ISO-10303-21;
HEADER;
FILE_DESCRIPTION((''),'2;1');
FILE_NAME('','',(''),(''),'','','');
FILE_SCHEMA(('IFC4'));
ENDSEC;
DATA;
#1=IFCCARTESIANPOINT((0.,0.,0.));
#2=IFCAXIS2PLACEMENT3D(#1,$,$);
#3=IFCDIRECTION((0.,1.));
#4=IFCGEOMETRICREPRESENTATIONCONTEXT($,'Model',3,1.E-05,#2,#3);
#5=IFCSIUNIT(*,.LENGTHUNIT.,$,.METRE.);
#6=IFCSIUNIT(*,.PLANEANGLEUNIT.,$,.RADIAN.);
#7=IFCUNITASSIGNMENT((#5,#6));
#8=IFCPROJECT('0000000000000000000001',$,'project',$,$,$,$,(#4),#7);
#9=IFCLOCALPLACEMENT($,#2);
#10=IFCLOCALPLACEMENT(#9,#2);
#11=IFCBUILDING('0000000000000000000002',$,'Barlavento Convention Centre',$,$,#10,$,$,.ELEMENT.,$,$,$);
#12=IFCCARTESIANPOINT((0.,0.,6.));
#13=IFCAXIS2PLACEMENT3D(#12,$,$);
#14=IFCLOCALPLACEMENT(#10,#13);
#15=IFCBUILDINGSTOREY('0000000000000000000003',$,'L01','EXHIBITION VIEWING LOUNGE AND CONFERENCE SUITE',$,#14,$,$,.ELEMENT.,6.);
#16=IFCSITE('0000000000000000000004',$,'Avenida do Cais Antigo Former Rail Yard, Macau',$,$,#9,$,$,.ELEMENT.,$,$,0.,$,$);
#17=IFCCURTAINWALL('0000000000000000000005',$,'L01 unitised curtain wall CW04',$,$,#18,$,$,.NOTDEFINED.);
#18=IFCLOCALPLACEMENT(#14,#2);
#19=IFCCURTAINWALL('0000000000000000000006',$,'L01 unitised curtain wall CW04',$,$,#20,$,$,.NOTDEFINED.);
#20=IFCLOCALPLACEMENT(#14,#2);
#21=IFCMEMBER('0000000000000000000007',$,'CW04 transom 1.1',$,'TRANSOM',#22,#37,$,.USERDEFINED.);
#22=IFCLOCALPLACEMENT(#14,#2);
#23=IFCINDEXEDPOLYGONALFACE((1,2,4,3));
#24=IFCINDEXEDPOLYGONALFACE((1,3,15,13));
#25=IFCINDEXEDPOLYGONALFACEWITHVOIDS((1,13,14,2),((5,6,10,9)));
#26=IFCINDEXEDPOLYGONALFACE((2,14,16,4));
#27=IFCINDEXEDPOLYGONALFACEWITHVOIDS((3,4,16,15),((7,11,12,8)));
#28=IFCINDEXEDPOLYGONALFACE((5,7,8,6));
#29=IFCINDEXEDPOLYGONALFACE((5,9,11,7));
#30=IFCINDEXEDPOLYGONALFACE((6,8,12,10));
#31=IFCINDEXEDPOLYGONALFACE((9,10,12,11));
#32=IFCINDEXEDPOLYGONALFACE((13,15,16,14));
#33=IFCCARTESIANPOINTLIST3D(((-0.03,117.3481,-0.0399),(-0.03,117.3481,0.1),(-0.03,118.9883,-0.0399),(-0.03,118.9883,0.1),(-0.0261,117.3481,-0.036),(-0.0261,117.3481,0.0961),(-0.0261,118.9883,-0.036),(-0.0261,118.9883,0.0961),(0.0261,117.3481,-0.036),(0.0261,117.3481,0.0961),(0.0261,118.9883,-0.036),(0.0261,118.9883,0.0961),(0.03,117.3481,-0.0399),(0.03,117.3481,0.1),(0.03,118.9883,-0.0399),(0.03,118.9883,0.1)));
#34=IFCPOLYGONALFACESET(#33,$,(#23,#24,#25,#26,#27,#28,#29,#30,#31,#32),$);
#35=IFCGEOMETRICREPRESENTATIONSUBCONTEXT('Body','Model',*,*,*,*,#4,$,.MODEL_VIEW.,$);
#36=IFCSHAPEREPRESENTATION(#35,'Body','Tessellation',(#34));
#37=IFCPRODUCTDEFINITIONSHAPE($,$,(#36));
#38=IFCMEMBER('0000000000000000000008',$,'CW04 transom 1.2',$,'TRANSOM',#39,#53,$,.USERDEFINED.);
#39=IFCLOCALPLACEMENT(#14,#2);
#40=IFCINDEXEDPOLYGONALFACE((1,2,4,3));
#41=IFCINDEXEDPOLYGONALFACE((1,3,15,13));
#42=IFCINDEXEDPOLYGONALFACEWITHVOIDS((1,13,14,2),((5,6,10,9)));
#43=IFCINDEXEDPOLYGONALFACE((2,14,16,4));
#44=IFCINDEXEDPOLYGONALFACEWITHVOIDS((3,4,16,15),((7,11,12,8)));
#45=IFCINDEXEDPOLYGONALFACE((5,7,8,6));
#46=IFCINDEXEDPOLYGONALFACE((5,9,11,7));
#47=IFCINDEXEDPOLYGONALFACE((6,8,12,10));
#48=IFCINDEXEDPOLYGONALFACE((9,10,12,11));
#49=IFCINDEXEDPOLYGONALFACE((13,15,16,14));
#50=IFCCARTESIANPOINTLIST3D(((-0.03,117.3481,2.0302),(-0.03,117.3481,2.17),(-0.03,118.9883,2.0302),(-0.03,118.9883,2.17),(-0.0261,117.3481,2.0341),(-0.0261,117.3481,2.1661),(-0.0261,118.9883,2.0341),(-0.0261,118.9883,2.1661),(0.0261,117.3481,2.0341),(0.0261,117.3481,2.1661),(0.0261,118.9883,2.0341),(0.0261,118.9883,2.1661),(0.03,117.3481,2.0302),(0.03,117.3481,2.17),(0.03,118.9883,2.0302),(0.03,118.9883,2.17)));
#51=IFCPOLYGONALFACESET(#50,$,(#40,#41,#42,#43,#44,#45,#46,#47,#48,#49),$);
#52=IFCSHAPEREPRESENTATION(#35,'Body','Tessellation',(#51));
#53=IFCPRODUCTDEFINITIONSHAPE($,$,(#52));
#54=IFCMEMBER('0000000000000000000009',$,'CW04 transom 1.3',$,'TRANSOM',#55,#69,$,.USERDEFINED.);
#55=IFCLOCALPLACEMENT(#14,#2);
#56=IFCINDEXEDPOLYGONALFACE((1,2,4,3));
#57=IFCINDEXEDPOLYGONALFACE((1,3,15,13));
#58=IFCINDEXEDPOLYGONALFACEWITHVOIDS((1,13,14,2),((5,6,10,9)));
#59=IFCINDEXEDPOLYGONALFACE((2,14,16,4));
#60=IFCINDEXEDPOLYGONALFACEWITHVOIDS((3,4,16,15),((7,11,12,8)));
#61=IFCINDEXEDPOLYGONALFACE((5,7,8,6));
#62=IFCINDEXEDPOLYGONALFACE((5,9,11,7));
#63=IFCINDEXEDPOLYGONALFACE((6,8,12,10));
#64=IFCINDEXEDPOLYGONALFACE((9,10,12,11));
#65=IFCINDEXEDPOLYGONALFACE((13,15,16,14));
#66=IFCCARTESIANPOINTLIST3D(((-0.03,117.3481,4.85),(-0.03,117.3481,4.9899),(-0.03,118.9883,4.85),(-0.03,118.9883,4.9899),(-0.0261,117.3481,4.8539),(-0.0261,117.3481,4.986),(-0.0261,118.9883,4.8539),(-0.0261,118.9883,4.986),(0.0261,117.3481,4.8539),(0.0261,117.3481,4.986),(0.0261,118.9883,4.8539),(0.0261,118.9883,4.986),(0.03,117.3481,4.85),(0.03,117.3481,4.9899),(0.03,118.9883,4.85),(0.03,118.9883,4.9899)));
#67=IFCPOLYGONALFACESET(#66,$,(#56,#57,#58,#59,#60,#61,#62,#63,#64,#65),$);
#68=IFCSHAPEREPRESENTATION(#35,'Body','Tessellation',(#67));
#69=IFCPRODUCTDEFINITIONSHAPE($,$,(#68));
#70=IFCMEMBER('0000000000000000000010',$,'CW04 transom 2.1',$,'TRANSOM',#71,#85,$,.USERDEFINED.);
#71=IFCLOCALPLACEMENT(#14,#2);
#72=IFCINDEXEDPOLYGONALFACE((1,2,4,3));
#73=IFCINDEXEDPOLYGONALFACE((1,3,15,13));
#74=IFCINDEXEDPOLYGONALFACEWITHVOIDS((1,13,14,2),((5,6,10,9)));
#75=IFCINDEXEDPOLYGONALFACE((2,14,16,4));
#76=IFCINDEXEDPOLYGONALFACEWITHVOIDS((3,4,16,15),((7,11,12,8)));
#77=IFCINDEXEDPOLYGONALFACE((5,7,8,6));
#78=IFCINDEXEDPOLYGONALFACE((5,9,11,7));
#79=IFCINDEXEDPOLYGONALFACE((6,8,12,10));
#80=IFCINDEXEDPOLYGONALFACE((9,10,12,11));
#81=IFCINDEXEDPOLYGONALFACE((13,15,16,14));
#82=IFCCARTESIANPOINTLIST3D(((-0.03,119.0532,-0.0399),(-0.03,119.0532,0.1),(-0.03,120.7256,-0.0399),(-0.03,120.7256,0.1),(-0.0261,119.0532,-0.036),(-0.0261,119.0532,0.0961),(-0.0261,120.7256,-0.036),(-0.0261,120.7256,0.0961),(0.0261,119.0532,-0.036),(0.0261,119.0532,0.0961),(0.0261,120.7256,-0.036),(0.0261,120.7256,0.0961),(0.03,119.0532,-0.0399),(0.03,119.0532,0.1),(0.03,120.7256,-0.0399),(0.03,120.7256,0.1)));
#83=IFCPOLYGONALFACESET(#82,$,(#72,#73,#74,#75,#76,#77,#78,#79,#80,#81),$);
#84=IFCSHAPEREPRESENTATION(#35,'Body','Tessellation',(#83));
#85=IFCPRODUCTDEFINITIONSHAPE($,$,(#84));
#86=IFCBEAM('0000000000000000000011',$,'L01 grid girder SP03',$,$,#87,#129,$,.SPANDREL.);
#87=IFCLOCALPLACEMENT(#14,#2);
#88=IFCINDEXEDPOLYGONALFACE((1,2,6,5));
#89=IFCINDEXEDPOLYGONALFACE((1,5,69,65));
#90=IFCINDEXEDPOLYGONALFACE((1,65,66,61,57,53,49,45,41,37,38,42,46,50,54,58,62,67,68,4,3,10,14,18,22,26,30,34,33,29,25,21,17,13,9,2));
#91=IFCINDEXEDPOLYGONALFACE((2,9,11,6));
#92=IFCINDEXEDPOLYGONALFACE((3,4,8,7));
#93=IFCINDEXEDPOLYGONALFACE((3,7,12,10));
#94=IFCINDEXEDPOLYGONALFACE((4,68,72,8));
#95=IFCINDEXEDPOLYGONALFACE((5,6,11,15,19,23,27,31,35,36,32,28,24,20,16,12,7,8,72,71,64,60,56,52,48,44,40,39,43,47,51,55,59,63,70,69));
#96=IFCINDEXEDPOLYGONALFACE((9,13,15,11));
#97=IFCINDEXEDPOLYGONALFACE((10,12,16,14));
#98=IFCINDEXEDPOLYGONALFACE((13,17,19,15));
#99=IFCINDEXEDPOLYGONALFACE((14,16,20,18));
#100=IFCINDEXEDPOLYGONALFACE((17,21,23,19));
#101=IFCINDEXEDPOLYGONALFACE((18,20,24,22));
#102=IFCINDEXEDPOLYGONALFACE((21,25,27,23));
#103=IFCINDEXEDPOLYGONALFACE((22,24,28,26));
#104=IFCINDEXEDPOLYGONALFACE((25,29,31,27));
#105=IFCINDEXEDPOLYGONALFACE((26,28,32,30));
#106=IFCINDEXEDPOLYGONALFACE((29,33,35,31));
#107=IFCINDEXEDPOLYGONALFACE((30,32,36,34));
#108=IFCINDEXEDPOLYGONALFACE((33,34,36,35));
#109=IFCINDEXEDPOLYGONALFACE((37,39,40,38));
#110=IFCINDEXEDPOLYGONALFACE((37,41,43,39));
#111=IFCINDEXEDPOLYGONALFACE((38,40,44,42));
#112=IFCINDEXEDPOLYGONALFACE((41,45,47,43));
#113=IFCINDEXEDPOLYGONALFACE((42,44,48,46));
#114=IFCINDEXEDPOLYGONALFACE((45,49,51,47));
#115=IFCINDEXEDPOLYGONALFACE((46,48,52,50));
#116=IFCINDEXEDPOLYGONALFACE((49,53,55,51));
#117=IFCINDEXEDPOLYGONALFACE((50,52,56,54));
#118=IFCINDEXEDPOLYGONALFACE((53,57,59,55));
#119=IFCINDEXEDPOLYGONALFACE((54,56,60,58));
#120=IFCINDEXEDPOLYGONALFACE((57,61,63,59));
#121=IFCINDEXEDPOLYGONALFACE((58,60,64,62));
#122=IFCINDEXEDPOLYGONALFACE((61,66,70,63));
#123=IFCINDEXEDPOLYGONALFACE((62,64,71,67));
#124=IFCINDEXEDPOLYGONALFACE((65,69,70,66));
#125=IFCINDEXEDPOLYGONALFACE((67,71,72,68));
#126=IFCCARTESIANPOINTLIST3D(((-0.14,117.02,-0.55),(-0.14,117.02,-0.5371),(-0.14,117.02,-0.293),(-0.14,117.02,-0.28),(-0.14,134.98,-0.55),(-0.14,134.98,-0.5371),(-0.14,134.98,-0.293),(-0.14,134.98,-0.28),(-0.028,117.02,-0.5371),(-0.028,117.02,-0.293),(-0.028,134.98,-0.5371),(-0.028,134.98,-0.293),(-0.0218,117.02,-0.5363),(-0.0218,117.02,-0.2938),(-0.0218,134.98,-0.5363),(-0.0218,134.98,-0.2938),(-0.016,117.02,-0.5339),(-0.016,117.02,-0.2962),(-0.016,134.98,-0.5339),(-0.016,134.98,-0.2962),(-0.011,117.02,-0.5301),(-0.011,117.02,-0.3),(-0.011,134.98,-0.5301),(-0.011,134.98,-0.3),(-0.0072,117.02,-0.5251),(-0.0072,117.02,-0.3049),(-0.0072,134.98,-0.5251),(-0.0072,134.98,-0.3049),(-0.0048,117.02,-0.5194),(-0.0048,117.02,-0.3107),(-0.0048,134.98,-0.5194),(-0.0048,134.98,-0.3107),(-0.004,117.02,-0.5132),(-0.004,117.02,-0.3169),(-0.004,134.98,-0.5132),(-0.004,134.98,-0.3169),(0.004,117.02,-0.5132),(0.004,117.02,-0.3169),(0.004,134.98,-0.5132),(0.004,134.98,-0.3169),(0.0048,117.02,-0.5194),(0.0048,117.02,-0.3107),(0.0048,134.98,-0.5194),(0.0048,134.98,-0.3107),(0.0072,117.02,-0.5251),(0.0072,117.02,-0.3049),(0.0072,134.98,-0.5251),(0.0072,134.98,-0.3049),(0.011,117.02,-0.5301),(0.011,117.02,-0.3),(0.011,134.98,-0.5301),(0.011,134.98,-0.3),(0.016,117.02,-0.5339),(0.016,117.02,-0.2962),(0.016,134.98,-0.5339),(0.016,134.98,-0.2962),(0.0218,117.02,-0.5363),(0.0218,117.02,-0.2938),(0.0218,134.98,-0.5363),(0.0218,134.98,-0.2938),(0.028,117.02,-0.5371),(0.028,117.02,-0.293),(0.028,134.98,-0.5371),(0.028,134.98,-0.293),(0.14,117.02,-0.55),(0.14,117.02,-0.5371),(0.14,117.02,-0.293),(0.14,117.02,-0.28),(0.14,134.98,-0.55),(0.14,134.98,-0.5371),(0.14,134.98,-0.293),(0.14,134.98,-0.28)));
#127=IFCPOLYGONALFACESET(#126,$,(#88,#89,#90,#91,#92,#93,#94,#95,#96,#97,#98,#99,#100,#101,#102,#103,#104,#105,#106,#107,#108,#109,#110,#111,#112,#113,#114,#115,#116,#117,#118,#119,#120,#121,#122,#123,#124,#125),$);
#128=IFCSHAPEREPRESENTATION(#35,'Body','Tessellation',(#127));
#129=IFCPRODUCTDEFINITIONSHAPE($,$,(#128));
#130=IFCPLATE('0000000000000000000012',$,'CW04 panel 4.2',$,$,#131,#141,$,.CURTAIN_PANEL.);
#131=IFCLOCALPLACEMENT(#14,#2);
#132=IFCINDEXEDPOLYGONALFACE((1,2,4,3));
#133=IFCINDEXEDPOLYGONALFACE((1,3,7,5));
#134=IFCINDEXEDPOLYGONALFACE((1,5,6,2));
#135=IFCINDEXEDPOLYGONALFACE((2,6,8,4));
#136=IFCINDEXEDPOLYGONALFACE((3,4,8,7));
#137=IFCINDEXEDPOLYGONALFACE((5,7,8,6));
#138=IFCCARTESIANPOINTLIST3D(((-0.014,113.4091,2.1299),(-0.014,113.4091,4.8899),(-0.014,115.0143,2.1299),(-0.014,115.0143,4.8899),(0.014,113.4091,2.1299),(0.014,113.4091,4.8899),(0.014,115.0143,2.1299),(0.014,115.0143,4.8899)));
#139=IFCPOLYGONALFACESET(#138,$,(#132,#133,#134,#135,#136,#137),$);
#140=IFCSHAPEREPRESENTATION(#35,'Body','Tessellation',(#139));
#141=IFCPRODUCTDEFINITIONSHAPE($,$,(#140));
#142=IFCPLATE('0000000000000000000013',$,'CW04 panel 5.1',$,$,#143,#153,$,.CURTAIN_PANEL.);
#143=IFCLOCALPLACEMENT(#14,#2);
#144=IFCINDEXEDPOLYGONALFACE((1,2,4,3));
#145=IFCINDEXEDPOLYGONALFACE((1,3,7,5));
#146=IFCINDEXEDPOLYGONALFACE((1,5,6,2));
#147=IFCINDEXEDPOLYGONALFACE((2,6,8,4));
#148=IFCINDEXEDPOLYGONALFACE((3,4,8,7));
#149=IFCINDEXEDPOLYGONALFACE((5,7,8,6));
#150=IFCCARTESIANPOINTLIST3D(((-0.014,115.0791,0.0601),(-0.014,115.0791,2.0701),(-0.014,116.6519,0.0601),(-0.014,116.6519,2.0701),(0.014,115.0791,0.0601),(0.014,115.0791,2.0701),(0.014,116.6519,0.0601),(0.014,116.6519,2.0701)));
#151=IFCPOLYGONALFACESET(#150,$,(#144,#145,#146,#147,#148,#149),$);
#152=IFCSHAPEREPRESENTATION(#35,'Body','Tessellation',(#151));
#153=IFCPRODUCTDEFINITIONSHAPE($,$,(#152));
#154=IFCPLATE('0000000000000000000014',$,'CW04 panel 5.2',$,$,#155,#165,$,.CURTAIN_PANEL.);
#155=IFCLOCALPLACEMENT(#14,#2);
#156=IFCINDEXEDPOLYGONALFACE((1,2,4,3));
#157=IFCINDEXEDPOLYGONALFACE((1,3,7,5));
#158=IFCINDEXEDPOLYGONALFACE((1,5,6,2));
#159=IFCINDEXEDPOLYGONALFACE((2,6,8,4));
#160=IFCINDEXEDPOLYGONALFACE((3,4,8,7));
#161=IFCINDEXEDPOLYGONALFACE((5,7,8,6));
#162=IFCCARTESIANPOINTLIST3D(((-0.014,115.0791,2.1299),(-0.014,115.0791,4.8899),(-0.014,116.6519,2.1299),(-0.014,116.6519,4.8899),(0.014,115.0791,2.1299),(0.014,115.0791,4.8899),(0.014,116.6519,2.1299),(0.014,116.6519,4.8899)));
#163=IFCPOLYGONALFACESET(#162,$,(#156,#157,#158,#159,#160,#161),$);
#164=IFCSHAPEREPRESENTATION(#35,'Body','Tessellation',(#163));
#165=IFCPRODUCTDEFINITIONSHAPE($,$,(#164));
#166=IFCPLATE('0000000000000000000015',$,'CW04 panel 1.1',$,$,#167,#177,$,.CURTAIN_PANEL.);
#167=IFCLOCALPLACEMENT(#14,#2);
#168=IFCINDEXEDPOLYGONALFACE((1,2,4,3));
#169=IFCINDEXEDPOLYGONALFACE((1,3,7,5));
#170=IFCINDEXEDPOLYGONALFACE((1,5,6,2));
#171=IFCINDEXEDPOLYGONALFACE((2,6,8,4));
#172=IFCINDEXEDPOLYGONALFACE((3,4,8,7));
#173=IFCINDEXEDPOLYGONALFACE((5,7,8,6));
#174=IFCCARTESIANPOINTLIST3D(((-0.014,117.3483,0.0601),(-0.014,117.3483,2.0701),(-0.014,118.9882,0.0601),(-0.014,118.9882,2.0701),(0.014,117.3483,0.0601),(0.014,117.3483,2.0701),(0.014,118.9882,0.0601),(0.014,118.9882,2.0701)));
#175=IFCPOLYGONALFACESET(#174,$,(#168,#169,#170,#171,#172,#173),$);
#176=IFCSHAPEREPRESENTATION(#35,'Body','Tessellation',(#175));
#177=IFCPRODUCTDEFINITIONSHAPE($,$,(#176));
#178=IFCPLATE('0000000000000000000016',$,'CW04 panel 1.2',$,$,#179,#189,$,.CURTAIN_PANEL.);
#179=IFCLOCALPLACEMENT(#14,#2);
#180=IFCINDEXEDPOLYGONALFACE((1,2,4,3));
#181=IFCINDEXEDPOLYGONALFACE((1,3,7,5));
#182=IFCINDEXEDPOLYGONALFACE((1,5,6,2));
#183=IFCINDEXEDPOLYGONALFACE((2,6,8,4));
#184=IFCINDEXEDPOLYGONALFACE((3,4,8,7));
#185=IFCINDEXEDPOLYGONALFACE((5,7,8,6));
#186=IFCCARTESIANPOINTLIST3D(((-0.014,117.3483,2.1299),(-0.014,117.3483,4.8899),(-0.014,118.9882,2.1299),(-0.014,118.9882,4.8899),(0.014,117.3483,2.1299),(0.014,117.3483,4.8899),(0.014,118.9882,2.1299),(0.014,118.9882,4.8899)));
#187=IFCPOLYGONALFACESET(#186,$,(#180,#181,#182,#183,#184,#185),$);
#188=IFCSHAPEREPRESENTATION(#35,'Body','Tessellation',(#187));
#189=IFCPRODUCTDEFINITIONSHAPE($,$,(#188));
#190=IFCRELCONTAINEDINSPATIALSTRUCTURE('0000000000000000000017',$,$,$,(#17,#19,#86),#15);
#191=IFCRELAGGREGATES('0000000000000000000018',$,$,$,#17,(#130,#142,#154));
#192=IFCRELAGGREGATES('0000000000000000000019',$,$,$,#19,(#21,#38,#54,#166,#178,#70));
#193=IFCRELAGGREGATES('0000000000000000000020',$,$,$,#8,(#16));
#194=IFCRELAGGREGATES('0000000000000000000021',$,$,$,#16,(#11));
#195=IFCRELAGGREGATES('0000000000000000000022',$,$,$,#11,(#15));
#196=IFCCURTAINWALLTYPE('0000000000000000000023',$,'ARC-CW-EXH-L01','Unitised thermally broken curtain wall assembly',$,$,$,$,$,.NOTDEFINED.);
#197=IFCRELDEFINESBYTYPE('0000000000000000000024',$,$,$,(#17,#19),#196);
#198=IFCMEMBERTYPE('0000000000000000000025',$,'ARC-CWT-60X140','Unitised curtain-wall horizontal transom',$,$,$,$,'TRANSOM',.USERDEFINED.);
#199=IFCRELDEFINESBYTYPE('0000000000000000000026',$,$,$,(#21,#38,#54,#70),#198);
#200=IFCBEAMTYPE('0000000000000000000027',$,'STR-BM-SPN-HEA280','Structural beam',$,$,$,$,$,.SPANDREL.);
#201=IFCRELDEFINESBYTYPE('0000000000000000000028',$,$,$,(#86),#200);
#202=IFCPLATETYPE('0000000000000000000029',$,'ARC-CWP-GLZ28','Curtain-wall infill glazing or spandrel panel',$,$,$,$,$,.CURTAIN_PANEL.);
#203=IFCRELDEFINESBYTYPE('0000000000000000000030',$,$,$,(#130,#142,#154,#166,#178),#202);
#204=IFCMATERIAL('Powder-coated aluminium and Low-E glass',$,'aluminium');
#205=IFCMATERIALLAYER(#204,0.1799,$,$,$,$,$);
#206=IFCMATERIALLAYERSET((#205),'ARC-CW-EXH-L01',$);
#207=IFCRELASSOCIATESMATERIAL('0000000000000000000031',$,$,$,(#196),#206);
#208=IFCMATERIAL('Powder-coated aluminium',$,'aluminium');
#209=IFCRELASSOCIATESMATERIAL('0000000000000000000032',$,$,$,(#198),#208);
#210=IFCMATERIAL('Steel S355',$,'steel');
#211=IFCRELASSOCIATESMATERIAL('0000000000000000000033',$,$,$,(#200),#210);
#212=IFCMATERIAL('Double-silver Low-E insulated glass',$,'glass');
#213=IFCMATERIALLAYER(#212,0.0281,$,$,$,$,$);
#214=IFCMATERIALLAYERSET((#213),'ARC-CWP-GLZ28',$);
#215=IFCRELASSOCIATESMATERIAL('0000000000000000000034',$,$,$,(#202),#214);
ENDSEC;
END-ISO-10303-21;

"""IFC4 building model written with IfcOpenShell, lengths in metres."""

from ifc_helpers import new_model, si_unit, direction, frame, origin, origin_2d, place, context, subcontext, project, spatial, rectangle, hollow_rectangle, i_section, extrude, material, layer, layer_set, material_profile, profile_set, type_object, element, aggregate, save


model = new_model("IFC4")

# Units and contexts
model_context = context("Model", 3, precision=1e-05, world=origin(), true_north=direction((0.0, 1.0)))
body_context = subcontext(model_context, "Body", "Model", "MODEL_VIEW")
ifc_project = project(units=[si_unit("LENGTHUNIT", "METRE"), si_unit("PLANEANGLEUNIT", "RADIAN")], contexts=[model_context])

# Site, building, storey
site_placement = place(None, origin())
site = spatial("IfcSite", under=ifc_project, at=site_placement, Name="Avenida do Cais Antigo Former Rail Yard, Macau", CompositionType="ELEMENT", RefElevation=0.0)
building_placement = place(site_placement, origin())
building = spatial("IfcBuilding", under=site, at=building_placement, Name="Barlavento Convention Centre", CompositionType="ELEMENT")
storey_placement = place(building_placement, frame((0.0, 0.0, 6.0)))
storey = spatial("IfcBuildingStorey", under=building, at=storey_placement, Name="L01", Description="EXHIBITION VIEWING LOUNGE AND CONFERENCE SUITE", CompositionType="ELEMENT", Elevation=6.0)

# Shared definitions
ifc_material_1 = material(Name="Steel S355", Category="steel")

# Curtain walls
ifc_material_2 = material(Name="Powder-coated aluminium and Low-E glass", Category="aluminium")
ifc_layer_1 = layer(ifc_material_2, 0.1799)
ifc_layer_set_1 = layer_set([ifc_layer_1], Name="ARC-CW-EXH-L01")
curtain_wall_type = type_object("IfcCurtainWallType", Name="ARC-CW-EXH-L01", Description="Unitised thermally broken curtain wall assembly", PredefinedType="NOTDEFINED", material=ifc_layer_set_1)
curtain_wall_1_placement = place(storey_placement, origin())
curtain_wall_1 = element("IfcCurtainWall", 1, at=curtain_wall_1_placement, inside=storey, type_object=curtain_wall_type, Name="L01 unitised curtain wall CW04", PredefinedType="NOTDEFINED")
ifc_material_3 = material(Name="Powder-coated aluminium", Category="aluminium")
curtain_wall_2_placement = place(storey_placement, origin())
curtain_wall_2 = element("IfcCurtainWall", 2, at=curtain_wall_2_placement, inside=storey, type_object=curtain_wall_type, Name="L01 unitised curtain wall CW04", PredefinedType="NOTDEFINED")

# Members
ifc_material_profile_1 = material_profile(ifc_material_3, hollow_rectangle(XDim=0.0601, YDim=0.1399, WallThickness=0.0039, at=origin_2d()), Name="AL-TRAN 60x140x4")
ifc_profile_set_1 = profile_set([ifc_material_profile_1], Name="Powder-coated aluminium")
member_type_1 = type_object("IfcMemberType", Name="ARC-CWT-60X140", Description="Unitised curtain-wall horizontal transom", ElementType="TRANSOM", PredefinedType="USERDEFINED", material=ifc_profile_set_1)
member_1_placement = place(storey_placement, frame((0.0, 117.3481, 0.03), z_axis=(0.0, 1.0, 0.0), x_axis=(-1.0, 0.0, 0.0)))
member_1 = element("IfcMember", 3, at=member_1_placement, type_object=member_type_1, Name="CW04 transom 1.1", ObjectType="TRANSOM", PredefinedType="USERDEFINED", context=body_context, shape_type="SweptSolid", body=[
    extrude(hollow_rectangle(XDim=0.0601, YDim=0.1399, WallThickness=0.0039, at=origin_2d()), origin(), (0.0, 0.0, 1.0), 1.6401),
])
member_2_placement = place(storey_placement, frame((0.0, 117.3481, 2.1001), z_axis=(0.0, 1.0, 0.0), x_axis=(-1.0, 0.0, 0.0)))
member_2 = element("IfcMember", 4, at=member_2_placement, type_object=member_type_1, Name="CW04 transom 1.2", ObjectType="TRANSOM", PredefinedType="USERDEFINED", context=body_context, shape_type="SweptSolid", body=[
    extrude(hollow_rectangle(XDim=0.0601, YDim=0.1399, WallThickness=0.0039, at=origin_2d()), origin(), (0.0, 0.0, 1.0), 1.6401),
])
member_3_placement = place(storey_placement, frame((0.0, 117.3481, 4.9199), z_axis=(0.0, 1.0, 0.0), x_axis=(-1.0, 0.0, 0.0)))
member_3 = element("IfcMember", 5, at=member_3_placement, type_object=member_type_1, Name="CW04 transom 1.3", ObjectType="TRANSOM", PredefinedType="USERDEFINED", context=body_context, shape_type="SweptSolid", body=[
    extrude(hollow_rectangle(XDim=0.0601, YDim=0.1399, WallThickness=0.0039, at=origin_2d()), origin(), (0.0, 0.0, 1.0), 1.6401),
])
member_4_placement = place(storey_placement, frame((0.0, 119.0532, 0.03), z_axis=(0.0, 1.0, 0.0), x_axis=(-1.0, 0.0, 0.0)))
member_4 = element("IfcMember", 6, at=member_4_placement, type_object=member_type_1, Name="CW04 transom 2.1", ObjectType="TRANSOM", PredefinedType="USERDEFINED", context=body_context, shape_type="SweptSolid", body=[
    extrude(hollow_rectangle(XDim=0.0601, YDim=0.1399, WallThickness=0.0039, at=origin_2d()), origin(), (0.0, 0.0, 1.0), 1.6724),
])

# Beam
ifc_material_profile_2 = material_profile(ifc_material_1, i_section(OverallWidth=0.28, OverallDepth=0.27, WebThickness=0.0081, FlangeThickness=0.0129, FilletRadius=0.0239, at=origin_2d()), Name="HEA 280")
ifc_profile_set_2 = profile_set([ifc_material_profile_2], Name="Steel S355")
beam_type = type_object("IfcBeamType", Name="STR-BM-SPN-HEA280", Description="Structural beam", PredefinedType="SPANDREL", material=ifc_profile_set_2)
beam_placement = place(storey_placement, frame((0.0, 117.02, -0.415), z_axis=(0.0, 1.0, 0.0), x_axis=(-1.0, 0.0, 0.0)))
element("IfcBeam", 7, at=beam_placement, inside=storey, type_object=beam_type, Name="L01 grid girder SP03", PredefinedType="SPANDREL", context=body_context, shape_type="SweptSolid", body=[
    extrude(i_section(OverallWidth=0.28, OverallDepth=0.27, WebThickness=0.0081, FlangeThickness=0.0129, FilletRadius=0.0239, at=origin_2d()), origin(), (0.0, 0.0, 1.0), 17.96),
])

# Plates
ifc_material_4 = material(Name="Double-silver Low-E insulated glass", Category="glass")
ifc_layer_2 = layer(ifc_material_4, 0.0281)
ifc_layer_set_2 = layer_set([ifc_layer_2], Name="ARC-CWP-GLZ28")
plate_type_1 = type_object("IfcPlateType", Name="ARC-CWP-GLZ28", Description="Curtain-wall infill glazing or spandrel panel", PredefinedType="CURTAIN_PANEL", material=ifc_layer_set_2)
plate_1_placement = place(storey_placement, frame((0.0, 114.2117, 2.1299), z_axis=(0.0, 0.0, 1.0), x_axis=(0.0, 1.0, 0.0)))
plate_1 = element("IfcPlate", 8, at=plate_1_placement, type_object=plate_type_1, Name="CW04 panel 4.2", PredefinedType="CURTAIN_PANEL", context=body_context, shape_type="SweptSolid", body=[
    extrude(rectangle(XDim=1.6052, YDim=0.0281, at=origin_2d()), origin(), (0.0, 0.0, 1.0), 2.76),
])
plate_2_placement = place(storey_placement, frame((0.0, 115.8655, 0.0601), z_axis=(0.0, 0.0, 1.0), x_axis=(0.0, 1.0, 0.0)))
plate_2 = element("IfcPlate", 9, at=plate_2_placement, type_object=plate_type_1, Name="CW04 panel 5.1", PredefinedType="CURTAIN_PANEL", context=body_context, shape_type="SweptSolid", body=[
    extrude(rectangle(XDim=1.5728, YDim=0.0281, at=origin_2d()), origin(), (0.0, 0.0, 1.0), 2.01),
])
plate_3_placement = place(storey_placement, frame((0.0, 115.8655, 2.1299), z_axis=(0.0, 0.0, 1.0), x_axis=(0.0, 1.0, 0.0)))
plate_3 = element("IfcPlate", 10, at=plate_3_placement, type_object=plate_type_1, Name="CW04 panel 5.2", PredefinedType="CURTAIN_PANEL", context=body_context, shape_type="SweptSolid", body=[
    extrude(rectangle(XDim=1.5728, YDim=0.0281, at=origin_2d()), origin(), (0.0, 0.0, 1.0), 2.76),
])
aggregate(curtain_wall_1, [plate_1, plate_2, plate_3])
plate_4_placement = place(storey_placement, frame((0.0, 118.1682, 0.0601), z_axis=(0.0, 0.0, 1.0), x_axis=(0.0, 1.0, 0.0)))
plate_4 = element("IfcPlate", 11, at=plate_4_placement, type_object=plate_type_1, Name="CW04 panel 1.1", PredefinedType="CURTAIN_PANEL", context=body_context, shape_type="SweptSolid", body=[
    extrude(rectangle(XDim=1.6399, YDim=0.0281, at=origin_2d()), origin(), (0.0, 0.0, 1.0), 2.01),
])
plate_5_placement = place(storey_placement, frame((0.0, 118.1682, 2.1299), z_axis=(0.0, 0.0, 1.0), x_axis=(0.0, 1.0, 0.0)))
plate_5 = element("IfcPlate", 12, at=plate_5_placement, type_object=plate_type_1, Name="CW04 panel 1.2", PredefinedType="CURTAIN_PANEL", context=body_context, shape_type="SweptSolid", body=[
    extrude(rectangle(XDim=1.6399, YDim=0.0281, at=origin_2d()), origin(), (0.0, 0.0, 1.0), 2.76),
])
aggregate(curtain_wall_2, [member_1, member_2, member_3, plate_4, plate_5, member_4])

save(model, "model.ifc")
